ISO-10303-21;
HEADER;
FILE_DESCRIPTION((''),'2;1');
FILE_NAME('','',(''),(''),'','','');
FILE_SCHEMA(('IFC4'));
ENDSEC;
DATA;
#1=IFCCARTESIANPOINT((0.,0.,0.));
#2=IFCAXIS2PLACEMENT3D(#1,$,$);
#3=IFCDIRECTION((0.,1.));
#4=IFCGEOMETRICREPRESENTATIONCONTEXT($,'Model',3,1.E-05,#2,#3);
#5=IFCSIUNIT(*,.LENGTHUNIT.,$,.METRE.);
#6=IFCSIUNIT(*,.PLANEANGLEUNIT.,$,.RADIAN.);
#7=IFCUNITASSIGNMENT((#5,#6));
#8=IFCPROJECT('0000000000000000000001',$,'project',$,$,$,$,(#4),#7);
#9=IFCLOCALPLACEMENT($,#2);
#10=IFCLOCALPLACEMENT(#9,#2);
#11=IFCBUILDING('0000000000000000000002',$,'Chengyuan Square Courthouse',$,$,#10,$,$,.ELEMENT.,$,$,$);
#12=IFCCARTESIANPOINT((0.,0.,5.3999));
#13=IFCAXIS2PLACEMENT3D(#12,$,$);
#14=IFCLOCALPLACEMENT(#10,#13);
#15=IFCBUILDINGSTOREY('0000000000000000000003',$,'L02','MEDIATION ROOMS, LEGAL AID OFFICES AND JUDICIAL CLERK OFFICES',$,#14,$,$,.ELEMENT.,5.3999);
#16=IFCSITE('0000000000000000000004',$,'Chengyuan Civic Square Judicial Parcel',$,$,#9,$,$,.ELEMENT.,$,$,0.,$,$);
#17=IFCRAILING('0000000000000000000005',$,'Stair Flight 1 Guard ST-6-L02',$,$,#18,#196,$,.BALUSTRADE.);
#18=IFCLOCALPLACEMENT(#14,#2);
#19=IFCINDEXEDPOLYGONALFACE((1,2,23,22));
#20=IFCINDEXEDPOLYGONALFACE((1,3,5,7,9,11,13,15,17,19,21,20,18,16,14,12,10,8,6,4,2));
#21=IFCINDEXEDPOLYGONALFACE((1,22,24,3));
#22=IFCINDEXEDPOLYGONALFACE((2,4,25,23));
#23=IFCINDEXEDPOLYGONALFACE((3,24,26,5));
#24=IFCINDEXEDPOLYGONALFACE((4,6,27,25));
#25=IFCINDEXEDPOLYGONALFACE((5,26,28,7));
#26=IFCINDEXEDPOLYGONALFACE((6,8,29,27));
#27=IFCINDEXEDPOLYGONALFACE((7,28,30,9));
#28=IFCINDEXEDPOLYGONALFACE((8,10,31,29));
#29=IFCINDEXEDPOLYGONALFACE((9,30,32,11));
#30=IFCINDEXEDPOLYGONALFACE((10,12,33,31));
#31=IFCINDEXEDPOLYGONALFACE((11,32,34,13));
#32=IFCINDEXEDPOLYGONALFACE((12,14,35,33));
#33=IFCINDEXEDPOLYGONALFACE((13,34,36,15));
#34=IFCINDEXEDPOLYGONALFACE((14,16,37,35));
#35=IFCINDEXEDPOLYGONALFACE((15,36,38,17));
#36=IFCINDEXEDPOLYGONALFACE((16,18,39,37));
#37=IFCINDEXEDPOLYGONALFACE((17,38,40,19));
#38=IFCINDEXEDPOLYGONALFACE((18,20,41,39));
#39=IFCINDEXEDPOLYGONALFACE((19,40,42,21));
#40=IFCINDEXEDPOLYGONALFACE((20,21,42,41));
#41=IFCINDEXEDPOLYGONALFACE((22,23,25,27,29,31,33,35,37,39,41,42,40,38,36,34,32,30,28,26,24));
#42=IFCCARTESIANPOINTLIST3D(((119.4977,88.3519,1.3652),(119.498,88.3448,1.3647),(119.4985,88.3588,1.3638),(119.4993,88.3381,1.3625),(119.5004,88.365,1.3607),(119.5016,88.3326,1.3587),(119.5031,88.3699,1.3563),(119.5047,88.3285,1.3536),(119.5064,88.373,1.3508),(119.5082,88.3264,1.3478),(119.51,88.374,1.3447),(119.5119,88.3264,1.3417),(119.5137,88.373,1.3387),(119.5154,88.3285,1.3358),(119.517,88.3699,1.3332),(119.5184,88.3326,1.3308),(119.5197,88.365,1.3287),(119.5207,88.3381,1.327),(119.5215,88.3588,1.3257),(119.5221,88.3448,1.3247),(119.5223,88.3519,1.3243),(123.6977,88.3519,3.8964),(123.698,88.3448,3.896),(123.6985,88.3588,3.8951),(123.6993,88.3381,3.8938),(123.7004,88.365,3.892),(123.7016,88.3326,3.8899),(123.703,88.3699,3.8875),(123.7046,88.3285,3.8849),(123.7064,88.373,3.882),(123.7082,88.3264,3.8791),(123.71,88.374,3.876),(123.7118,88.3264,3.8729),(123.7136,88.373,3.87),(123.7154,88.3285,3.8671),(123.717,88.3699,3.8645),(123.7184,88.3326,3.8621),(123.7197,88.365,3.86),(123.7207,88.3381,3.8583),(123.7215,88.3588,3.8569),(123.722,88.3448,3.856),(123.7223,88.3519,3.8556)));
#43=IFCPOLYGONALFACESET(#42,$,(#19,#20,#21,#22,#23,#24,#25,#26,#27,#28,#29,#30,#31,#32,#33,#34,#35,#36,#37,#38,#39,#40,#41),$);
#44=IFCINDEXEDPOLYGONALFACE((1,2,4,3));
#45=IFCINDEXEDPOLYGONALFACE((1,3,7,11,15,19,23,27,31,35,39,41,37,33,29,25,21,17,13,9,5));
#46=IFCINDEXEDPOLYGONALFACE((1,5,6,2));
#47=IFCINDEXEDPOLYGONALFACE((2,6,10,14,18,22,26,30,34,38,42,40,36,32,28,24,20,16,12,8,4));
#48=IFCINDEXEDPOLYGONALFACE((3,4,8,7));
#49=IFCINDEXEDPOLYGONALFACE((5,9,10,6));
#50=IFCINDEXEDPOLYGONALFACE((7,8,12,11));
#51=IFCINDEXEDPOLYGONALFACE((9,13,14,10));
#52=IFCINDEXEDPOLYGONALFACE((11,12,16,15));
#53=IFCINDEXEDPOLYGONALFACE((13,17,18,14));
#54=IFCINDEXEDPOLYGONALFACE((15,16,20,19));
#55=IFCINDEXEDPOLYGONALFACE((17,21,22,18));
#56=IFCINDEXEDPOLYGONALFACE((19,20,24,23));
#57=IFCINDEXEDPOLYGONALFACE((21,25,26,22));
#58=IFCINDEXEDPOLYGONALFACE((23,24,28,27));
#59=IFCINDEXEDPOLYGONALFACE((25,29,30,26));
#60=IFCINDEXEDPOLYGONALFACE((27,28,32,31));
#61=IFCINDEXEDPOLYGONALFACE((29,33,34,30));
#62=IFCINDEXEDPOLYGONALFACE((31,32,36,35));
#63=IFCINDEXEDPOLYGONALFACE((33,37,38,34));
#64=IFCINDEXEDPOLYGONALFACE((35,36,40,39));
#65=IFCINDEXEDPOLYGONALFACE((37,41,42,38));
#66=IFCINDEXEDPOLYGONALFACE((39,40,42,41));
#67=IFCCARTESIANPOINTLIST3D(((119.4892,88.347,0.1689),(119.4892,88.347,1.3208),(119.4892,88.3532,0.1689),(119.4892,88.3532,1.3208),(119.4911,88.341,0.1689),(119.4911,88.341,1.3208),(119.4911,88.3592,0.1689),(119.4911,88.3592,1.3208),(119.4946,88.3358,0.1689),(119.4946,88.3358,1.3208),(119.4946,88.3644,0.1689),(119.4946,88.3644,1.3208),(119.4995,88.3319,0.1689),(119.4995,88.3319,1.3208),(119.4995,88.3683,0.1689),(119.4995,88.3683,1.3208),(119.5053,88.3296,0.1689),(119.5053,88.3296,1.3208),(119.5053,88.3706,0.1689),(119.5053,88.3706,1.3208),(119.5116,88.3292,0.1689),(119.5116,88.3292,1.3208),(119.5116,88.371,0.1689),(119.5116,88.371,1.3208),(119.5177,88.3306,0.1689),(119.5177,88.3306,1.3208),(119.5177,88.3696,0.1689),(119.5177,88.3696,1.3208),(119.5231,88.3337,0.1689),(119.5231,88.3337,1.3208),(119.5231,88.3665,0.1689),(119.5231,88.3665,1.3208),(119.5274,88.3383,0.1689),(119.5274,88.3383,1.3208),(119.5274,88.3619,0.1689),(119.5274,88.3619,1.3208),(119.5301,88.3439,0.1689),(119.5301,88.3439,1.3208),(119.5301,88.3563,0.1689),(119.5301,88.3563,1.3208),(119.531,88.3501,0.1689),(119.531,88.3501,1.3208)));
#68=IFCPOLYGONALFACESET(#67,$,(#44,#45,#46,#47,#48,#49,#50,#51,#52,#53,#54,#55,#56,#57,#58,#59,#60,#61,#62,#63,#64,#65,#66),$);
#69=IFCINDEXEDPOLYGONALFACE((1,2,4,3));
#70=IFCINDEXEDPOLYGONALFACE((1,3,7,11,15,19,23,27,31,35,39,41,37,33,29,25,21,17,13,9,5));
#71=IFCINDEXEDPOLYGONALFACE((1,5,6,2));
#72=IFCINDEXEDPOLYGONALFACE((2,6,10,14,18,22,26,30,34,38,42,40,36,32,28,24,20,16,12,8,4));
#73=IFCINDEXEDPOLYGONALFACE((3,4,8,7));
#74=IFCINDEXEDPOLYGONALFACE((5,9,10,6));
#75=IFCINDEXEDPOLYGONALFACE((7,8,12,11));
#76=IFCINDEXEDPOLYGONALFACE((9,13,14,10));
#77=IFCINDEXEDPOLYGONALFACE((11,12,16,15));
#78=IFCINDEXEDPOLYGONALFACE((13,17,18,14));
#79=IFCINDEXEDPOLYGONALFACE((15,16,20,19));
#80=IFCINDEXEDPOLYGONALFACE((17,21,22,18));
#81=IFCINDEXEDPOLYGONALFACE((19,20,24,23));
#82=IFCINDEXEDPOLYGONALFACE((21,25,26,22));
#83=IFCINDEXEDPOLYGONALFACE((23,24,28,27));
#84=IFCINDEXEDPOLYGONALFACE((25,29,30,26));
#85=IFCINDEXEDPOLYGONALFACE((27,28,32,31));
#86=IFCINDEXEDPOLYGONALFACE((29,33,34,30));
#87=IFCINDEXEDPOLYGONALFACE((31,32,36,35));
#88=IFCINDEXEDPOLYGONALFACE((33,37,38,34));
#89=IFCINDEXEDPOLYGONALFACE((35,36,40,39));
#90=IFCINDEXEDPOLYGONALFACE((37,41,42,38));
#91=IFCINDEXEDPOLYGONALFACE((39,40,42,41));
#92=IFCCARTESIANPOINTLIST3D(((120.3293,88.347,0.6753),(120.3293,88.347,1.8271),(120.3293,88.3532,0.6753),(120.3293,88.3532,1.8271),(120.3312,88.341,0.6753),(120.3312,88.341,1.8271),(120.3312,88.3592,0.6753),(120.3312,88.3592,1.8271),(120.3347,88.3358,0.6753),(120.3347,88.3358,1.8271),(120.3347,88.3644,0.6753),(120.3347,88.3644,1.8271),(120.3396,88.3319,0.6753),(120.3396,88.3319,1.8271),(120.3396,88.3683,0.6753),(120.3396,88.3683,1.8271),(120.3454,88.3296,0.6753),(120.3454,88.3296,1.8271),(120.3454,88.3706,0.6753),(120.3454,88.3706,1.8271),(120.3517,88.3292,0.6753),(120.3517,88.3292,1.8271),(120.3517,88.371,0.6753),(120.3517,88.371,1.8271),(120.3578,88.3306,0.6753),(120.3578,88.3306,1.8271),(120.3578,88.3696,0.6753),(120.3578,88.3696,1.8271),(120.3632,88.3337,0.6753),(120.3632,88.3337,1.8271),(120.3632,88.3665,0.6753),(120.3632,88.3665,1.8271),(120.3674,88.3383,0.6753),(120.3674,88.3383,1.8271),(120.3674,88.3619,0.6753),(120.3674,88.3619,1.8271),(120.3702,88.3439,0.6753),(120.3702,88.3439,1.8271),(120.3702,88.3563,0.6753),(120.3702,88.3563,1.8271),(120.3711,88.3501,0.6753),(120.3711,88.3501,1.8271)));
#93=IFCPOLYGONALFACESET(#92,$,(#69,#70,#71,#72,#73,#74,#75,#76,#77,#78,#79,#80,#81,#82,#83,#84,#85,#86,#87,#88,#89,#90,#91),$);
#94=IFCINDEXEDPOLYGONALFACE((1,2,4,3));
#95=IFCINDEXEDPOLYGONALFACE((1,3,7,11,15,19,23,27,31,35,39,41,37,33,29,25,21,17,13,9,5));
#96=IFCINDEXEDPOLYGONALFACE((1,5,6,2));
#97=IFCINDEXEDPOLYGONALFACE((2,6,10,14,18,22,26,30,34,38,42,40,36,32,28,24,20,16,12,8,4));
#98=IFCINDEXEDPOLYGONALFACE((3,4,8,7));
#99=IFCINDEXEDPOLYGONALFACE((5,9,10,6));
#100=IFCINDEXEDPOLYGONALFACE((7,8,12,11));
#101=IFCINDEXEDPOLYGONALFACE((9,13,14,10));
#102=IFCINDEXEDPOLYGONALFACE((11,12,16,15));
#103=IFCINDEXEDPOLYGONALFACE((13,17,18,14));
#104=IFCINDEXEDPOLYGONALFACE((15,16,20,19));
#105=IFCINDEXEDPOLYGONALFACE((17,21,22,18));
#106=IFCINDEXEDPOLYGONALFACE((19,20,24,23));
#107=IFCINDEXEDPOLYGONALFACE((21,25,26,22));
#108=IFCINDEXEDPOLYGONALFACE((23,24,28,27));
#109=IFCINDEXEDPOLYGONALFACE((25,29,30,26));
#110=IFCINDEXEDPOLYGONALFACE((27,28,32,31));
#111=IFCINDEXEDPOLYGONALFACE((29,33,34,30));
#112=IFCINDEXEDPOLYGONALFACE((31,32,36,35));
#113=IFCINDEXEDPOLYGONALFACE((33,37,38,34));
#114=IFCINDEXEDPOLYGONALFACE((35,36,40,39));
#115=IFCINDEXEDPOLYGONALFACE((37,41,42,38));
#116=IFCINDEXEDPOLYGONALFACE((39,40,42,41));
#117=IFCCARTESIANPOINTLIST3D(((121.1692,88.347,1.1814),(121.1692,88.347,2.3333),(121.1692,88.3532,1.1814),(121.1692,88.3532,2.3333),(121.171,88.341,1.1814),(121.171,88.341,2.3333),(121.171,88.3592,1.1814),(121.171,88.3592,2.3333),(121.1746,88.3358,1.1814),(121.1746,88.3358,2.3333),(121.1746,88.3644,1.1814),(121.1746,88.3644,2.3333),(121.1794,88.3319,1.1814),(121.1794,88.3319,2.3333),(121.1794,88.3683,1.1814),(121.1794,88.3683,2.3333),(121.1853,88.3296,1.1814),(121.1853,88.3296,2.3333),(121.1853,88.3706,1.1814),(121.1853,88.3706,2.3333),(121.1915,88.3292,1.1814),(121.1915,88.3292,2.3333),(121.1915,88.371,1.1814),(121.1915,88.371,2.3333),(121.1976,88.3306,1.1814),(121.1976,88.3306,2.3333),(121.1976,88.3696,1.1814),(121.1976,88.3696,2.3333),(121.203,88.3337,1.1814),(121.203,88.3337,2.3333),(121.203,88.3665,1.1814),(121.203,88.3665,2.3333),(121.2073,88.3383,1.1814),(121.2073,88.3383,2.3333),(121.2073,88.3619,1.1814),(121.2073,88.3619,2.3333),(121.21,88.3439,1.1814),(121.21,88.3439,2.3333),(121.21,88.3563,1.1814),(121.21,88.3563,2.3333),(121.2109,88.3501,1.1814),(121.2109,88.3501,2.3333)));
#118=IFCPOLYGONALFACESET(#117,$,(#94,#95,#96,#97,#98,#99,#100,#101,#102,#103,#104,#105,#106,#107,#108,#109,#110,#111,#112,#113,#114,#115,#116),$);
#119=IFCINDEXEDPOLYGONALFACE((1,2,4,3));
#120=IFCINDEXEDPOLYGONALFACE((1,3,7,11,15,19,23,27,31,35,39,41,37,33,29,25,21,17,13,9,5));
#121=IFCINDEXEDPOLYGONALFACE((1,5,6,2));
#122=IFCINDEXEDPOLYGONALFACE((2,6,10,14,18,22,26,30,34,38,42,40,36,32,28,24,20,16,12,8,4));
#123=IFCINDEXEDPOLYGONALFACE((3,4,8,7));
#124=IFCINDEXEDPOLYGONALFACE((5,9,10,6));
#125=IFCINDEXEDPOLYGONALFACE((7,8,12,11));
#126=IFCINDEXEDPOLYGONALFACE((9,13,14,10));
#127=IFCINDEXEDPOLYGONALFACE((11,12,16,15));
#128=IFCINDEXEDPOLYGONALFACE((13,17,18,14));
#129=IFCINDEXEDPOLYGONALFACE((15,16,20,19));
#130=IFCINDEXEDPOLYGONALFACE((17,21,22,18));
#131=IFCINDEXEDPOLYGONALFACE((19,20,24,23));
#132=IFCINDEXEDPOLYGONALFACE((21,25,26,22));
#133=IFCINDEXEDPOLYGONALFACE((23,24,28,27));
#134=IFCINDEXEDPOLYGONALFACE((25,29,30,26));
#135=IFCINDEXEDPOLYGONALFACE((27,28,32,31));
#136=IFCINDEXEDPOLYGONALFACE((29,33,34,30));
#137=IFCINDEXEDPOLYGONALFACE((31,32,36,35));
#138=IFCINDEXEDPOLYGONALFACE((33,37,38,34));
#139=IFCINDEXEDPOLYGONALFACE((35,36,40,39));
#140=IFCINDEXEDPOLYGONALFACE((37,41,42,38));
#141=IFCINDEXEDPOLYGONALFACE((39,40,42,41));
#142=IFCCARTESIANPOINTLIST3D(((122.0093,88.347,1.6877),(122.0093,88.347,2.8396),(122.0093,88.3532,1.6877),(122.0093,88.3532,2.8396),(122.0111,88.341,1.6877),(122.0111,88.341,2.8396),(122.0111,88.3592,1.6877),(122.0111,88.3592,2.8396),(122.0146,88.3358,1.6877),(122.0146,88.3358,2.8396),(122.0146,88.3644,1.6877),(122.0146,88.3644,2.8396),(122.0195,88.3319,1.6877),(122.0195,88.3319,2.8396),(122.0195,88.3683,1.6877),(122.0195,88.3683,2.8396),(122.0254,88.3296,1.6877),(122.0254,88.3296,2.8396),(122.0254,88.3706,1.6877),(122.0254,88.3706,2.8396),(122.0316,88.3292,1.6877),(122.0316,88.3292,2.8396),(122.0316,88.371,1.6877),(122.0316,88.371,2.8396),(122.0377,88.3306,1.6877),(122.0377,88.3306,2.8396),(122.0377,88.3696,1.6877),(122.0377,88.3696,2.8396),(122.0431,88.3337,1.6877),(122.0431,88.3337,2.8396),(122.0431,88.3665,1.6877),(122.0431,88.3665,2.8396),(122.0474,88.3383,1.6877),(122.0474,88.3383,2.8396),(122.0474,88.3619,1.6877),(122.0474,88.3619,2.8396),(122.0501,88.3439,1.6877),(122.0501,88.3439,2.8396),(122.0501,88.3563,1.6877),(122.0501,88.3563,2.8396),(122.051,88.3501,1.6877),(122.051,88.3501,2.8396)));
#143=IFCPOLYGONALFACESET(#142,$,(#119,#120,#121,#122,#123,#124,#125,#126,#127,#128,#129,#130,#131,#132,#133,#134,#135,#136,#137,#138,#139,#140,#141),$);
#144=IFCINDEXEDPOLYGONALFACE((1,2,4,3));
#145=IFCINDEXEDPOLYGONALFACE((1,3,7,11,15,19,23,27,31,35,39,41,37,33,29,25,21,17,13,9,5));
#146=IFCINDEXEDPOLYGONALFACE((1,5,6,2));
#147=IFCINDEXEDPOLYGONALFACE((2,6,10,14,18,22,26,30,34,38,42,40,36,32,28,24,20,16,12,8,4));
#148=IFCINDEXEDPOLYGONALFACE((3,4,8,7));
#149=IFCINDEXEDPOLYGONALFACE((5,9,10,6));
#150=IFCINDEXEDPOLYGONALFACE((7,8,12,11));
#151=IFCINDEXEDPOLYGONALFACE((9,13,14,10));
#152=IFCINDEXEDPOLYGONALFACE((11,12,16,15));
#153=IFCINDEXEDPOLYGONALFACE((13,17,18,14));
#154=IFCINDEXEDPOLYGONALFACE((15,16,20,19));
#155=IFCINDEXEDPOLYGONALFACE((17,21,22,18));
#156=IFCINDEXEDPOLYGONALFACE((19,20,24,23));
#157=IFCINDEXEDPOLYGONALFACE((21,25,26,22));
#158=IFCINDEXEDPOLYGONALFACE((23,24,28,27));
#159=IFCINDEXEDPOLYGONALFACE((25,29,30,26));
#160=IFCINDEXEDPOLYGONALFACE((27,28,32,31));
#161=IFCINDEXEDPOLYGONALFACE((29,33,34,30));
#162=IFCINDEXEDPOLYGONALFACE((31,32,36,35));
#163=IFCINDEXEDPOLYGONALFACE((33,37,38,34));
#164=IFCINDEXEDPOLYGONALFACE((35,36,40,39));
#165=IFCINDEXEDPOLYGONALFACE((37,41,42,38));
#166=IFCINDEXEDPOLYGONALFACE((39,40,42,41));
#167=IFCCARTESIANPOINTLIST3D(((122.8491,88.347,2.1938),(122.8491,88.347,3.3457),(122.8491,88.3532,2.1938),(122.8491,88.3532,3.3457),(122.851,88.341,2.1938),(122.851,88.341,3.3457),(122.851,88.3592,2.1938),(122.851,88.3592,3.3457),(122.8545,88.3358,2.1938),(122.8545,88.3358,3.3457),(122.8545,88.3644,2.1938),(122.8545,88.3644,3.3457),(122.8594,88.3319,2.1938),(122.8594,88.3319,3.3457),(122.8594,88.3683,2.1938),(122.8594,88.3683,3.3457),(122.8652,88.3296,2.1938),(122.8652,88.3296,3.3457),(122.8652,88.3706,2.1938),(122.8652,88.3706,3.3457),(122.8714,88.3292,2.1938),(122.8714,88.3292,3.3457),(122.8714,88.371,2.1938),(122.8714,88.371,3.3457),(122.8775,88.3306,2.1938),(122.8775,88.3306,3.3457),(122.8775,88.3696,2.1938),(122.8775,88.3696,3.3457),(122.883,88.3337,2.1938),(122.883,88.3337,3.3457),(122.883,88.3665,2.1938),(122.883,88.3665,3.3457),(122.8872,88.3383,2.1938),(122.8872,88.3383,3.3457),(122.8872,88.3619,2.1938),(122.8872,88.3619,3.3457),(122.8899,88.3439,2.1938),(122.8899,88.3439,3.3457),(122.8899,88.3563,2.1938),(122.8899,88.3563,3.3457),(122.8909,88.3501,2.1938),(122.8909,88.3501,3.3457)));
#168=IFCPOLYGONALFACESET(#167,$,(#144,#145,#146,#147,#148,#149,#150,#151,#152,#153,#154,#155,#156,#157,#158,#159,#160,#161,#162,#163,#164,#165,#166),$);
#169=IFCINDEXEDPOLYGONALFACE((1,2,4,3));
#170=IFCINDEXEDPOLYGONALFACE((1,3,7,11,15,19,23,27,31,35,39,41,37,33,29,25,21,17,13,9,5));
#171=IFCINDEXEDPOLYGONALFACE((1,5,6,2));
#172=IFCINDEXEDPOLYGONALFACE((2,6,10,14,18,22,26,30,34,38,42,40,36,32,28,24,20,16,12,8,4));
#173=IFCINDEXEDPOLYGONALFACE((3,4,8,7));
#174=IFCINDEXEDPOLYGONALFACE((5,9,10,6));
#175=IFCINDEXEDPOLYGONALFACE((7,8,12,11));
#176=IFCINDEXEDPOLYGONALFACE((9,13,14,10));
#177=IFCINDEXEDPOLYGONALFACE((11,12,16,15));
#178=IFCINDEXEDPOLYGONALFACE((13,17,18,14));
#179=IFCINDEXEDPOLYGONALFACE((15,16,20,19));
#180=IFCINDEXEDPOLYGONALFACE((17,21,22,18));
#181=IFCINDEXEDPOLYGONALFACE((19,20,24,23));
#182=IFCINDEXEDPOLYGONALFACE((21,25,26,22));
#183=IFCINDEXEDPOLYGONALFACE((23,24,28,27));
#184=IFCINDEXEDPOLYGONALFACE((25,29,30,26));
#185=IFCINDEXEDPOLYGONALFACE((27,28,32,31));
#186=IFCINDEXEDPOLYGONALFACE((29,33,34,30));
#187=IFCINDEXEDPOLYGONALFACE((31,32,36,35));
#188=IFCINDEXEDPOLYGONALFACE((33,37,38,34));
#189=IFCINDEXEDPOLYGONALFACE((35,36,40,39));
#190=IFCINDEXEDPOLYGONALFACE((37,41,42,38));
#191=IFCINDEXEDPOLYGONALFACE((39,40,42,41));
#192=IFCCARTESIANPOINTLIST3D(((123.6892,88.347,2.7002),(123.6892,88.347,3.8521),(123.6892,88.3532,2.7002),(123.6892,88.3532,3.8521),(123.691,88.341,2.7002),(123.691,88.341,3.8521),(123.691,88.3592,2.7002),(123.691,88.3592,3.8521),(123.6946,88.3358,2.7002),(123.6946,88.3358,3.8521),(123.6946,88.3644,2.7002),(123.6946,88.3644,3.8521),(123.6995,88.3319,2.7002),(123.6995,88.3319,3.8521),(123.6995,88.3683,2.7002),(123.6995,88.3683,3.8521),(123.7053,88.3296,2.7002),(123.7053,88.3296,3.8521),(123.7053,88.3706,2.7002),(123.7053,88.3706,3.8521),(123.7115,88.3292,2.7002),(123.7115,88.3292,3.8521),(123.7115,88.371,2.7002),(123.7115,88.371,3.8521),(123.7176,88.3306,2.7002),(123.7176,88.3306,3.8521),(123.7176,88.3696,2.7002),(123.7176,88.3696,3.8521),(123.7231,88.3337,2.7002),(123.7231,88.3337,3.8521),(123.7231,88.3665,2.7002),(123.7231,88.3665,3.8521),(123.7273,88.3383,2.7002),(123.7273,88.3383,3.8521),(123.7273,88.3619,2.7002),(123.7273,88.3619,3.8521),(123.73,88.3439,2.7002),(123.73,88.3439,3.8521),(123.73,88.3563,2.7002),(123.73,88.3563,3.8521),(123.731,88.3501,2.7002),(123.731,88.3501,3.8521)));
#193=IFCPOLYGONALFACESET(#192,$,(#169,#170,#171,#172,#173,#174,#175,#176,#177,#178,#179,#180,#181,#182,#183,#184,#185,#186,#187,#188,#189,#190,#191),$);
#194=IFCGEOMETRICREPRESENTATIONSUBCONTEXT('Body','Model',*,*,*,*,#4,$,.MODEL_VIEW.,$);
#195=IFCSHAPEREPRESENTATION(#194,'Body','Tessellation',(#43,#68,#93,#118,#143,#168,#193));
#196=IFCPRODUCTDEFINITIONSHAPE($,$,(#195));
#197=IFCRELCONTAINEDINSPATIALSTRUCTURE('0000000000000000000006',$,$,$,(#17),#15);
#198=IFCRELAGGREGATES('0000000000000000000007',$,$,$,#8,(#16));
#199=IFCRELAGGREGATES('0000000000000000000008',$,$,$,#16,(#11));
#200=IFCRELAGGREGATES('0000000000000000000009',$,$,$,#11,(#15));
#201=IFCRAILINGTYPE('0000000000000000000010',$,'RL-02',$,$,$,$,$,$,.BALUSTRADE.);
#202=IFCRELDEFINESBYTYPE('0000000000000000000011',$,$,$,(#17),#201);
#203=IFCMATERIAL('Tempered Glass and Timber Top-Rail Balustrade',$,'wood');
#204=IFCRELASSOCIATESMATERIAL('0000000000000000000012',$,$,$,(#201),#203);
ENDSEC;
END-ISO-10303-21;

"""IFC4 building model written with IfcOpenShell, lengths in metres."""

from ifc_helpers import new_model, si_unit, direction, frame, origin, origin_2d, place, context, subcontext, project, spatial, circle, extrude, material, type_object, element, save


model = new_model("IFC4")

# Units and contexts
model_context = context("Model", 3, precision=1e-05, world=origin(), true_north=direction((0.0, 1.0)))
body_context = subcontext(model_context, "Body", "Model", "MODEL_VIEW")
ifc_project = project(units=[si_unit("LENGTHUNIT", "METRE"), si_unit("PLANEANGLEUNIT", "RADIAN")], contexts=[model_context])

# Site, building, storey
site_placement = place(None, origin())
site = spatial("IfcSite", under=ifc_project, at=site_placement, Name="Chengyuan Civic Square Judicial Parcel", CompositionType="ELEMENT", RefElevation=0.0)
building_placement = place(site_placement, origin())
building = spatial("IfcBuilding", under=site, at=building_placement, Name="Chengyuan Square Courthouse", CompositionType="ELEMENT")
storey_placement = place(building_placement, frame((0.0, 0.0, 5.3999)))
storey = spatial("IfcBuildingStorey", under=building, at=storey_placement, Name="L02", Description="MEDIATION ROOMS, LEGAL AID OFFICES AND JUDICIAL CLERK OFFICES", CompositionType="ELEMENT", Elevation=5.3999)

# Railing
ifc_material_1 = material(Name="Tempered Glass and Timber Top-Rail Balustrade", Category="wood")
railing_type_1 = type_object("IfcRailingType", Name="RL-02", PredefinedType="BALUSTRADE", material=ifc_material_1)
railing_1_placement = place(storey_placement, frame((119.51, 88.3501, 0.1689)))
element("IfcRailing", 1, at=railing_1_placement, inside=storey, type_object=railing_type_1, Name="Stair Flight 1 Guard ST-6-L02", PredefinedType="BALUSTRADE", context=body_context, shape_type="SweptSolid", body=[
    extrude(circle(Radius=0.0239, at=origin_2d()), frame((0.0, 0.0, 1.1758), z_axis=(0.856476, 0.0, 0.516186), x_axis=(0.0, 1.0, 0.0)), (0.0, 0.0, 1.0), 4.9038),
    extrude(circle(Radius=0.021, at=origin_2d()), origin(), (0.0, 0.0, 1.0), 1.1519),
    extrude(circle(Radius=0.021, at=origin_2d()), frame((0.8401, 0.0, 0.5063)), (0.0, 0.0, 1.0), 1.1519),
    extrude(circle(Radius=0.021, at=origin_2d()), frame((1.6799, 0.0, 1.0125)), (0.0, 0.0, 1.0), 1.1519),
    extrude(circle(Radius=0.021, at=origin_2d()), frame((2.52, 0.0, 1.5188)), (0.0, 0.0, 1.0), 1.1519),
    extrude(circle(Radius=0.021, at=origin_2d()), frame((3.3599, 0.0, 2.0249)), (0.0, 0.0, 1.0), 1.1519),
    extrude(circle(Radius=0.021, at=origin_2d()), frame((4.2, 0.0, 2.5312)), (0.0, 0.0, 1.0), 1.1519),
])

save(model, "model.ifc")
